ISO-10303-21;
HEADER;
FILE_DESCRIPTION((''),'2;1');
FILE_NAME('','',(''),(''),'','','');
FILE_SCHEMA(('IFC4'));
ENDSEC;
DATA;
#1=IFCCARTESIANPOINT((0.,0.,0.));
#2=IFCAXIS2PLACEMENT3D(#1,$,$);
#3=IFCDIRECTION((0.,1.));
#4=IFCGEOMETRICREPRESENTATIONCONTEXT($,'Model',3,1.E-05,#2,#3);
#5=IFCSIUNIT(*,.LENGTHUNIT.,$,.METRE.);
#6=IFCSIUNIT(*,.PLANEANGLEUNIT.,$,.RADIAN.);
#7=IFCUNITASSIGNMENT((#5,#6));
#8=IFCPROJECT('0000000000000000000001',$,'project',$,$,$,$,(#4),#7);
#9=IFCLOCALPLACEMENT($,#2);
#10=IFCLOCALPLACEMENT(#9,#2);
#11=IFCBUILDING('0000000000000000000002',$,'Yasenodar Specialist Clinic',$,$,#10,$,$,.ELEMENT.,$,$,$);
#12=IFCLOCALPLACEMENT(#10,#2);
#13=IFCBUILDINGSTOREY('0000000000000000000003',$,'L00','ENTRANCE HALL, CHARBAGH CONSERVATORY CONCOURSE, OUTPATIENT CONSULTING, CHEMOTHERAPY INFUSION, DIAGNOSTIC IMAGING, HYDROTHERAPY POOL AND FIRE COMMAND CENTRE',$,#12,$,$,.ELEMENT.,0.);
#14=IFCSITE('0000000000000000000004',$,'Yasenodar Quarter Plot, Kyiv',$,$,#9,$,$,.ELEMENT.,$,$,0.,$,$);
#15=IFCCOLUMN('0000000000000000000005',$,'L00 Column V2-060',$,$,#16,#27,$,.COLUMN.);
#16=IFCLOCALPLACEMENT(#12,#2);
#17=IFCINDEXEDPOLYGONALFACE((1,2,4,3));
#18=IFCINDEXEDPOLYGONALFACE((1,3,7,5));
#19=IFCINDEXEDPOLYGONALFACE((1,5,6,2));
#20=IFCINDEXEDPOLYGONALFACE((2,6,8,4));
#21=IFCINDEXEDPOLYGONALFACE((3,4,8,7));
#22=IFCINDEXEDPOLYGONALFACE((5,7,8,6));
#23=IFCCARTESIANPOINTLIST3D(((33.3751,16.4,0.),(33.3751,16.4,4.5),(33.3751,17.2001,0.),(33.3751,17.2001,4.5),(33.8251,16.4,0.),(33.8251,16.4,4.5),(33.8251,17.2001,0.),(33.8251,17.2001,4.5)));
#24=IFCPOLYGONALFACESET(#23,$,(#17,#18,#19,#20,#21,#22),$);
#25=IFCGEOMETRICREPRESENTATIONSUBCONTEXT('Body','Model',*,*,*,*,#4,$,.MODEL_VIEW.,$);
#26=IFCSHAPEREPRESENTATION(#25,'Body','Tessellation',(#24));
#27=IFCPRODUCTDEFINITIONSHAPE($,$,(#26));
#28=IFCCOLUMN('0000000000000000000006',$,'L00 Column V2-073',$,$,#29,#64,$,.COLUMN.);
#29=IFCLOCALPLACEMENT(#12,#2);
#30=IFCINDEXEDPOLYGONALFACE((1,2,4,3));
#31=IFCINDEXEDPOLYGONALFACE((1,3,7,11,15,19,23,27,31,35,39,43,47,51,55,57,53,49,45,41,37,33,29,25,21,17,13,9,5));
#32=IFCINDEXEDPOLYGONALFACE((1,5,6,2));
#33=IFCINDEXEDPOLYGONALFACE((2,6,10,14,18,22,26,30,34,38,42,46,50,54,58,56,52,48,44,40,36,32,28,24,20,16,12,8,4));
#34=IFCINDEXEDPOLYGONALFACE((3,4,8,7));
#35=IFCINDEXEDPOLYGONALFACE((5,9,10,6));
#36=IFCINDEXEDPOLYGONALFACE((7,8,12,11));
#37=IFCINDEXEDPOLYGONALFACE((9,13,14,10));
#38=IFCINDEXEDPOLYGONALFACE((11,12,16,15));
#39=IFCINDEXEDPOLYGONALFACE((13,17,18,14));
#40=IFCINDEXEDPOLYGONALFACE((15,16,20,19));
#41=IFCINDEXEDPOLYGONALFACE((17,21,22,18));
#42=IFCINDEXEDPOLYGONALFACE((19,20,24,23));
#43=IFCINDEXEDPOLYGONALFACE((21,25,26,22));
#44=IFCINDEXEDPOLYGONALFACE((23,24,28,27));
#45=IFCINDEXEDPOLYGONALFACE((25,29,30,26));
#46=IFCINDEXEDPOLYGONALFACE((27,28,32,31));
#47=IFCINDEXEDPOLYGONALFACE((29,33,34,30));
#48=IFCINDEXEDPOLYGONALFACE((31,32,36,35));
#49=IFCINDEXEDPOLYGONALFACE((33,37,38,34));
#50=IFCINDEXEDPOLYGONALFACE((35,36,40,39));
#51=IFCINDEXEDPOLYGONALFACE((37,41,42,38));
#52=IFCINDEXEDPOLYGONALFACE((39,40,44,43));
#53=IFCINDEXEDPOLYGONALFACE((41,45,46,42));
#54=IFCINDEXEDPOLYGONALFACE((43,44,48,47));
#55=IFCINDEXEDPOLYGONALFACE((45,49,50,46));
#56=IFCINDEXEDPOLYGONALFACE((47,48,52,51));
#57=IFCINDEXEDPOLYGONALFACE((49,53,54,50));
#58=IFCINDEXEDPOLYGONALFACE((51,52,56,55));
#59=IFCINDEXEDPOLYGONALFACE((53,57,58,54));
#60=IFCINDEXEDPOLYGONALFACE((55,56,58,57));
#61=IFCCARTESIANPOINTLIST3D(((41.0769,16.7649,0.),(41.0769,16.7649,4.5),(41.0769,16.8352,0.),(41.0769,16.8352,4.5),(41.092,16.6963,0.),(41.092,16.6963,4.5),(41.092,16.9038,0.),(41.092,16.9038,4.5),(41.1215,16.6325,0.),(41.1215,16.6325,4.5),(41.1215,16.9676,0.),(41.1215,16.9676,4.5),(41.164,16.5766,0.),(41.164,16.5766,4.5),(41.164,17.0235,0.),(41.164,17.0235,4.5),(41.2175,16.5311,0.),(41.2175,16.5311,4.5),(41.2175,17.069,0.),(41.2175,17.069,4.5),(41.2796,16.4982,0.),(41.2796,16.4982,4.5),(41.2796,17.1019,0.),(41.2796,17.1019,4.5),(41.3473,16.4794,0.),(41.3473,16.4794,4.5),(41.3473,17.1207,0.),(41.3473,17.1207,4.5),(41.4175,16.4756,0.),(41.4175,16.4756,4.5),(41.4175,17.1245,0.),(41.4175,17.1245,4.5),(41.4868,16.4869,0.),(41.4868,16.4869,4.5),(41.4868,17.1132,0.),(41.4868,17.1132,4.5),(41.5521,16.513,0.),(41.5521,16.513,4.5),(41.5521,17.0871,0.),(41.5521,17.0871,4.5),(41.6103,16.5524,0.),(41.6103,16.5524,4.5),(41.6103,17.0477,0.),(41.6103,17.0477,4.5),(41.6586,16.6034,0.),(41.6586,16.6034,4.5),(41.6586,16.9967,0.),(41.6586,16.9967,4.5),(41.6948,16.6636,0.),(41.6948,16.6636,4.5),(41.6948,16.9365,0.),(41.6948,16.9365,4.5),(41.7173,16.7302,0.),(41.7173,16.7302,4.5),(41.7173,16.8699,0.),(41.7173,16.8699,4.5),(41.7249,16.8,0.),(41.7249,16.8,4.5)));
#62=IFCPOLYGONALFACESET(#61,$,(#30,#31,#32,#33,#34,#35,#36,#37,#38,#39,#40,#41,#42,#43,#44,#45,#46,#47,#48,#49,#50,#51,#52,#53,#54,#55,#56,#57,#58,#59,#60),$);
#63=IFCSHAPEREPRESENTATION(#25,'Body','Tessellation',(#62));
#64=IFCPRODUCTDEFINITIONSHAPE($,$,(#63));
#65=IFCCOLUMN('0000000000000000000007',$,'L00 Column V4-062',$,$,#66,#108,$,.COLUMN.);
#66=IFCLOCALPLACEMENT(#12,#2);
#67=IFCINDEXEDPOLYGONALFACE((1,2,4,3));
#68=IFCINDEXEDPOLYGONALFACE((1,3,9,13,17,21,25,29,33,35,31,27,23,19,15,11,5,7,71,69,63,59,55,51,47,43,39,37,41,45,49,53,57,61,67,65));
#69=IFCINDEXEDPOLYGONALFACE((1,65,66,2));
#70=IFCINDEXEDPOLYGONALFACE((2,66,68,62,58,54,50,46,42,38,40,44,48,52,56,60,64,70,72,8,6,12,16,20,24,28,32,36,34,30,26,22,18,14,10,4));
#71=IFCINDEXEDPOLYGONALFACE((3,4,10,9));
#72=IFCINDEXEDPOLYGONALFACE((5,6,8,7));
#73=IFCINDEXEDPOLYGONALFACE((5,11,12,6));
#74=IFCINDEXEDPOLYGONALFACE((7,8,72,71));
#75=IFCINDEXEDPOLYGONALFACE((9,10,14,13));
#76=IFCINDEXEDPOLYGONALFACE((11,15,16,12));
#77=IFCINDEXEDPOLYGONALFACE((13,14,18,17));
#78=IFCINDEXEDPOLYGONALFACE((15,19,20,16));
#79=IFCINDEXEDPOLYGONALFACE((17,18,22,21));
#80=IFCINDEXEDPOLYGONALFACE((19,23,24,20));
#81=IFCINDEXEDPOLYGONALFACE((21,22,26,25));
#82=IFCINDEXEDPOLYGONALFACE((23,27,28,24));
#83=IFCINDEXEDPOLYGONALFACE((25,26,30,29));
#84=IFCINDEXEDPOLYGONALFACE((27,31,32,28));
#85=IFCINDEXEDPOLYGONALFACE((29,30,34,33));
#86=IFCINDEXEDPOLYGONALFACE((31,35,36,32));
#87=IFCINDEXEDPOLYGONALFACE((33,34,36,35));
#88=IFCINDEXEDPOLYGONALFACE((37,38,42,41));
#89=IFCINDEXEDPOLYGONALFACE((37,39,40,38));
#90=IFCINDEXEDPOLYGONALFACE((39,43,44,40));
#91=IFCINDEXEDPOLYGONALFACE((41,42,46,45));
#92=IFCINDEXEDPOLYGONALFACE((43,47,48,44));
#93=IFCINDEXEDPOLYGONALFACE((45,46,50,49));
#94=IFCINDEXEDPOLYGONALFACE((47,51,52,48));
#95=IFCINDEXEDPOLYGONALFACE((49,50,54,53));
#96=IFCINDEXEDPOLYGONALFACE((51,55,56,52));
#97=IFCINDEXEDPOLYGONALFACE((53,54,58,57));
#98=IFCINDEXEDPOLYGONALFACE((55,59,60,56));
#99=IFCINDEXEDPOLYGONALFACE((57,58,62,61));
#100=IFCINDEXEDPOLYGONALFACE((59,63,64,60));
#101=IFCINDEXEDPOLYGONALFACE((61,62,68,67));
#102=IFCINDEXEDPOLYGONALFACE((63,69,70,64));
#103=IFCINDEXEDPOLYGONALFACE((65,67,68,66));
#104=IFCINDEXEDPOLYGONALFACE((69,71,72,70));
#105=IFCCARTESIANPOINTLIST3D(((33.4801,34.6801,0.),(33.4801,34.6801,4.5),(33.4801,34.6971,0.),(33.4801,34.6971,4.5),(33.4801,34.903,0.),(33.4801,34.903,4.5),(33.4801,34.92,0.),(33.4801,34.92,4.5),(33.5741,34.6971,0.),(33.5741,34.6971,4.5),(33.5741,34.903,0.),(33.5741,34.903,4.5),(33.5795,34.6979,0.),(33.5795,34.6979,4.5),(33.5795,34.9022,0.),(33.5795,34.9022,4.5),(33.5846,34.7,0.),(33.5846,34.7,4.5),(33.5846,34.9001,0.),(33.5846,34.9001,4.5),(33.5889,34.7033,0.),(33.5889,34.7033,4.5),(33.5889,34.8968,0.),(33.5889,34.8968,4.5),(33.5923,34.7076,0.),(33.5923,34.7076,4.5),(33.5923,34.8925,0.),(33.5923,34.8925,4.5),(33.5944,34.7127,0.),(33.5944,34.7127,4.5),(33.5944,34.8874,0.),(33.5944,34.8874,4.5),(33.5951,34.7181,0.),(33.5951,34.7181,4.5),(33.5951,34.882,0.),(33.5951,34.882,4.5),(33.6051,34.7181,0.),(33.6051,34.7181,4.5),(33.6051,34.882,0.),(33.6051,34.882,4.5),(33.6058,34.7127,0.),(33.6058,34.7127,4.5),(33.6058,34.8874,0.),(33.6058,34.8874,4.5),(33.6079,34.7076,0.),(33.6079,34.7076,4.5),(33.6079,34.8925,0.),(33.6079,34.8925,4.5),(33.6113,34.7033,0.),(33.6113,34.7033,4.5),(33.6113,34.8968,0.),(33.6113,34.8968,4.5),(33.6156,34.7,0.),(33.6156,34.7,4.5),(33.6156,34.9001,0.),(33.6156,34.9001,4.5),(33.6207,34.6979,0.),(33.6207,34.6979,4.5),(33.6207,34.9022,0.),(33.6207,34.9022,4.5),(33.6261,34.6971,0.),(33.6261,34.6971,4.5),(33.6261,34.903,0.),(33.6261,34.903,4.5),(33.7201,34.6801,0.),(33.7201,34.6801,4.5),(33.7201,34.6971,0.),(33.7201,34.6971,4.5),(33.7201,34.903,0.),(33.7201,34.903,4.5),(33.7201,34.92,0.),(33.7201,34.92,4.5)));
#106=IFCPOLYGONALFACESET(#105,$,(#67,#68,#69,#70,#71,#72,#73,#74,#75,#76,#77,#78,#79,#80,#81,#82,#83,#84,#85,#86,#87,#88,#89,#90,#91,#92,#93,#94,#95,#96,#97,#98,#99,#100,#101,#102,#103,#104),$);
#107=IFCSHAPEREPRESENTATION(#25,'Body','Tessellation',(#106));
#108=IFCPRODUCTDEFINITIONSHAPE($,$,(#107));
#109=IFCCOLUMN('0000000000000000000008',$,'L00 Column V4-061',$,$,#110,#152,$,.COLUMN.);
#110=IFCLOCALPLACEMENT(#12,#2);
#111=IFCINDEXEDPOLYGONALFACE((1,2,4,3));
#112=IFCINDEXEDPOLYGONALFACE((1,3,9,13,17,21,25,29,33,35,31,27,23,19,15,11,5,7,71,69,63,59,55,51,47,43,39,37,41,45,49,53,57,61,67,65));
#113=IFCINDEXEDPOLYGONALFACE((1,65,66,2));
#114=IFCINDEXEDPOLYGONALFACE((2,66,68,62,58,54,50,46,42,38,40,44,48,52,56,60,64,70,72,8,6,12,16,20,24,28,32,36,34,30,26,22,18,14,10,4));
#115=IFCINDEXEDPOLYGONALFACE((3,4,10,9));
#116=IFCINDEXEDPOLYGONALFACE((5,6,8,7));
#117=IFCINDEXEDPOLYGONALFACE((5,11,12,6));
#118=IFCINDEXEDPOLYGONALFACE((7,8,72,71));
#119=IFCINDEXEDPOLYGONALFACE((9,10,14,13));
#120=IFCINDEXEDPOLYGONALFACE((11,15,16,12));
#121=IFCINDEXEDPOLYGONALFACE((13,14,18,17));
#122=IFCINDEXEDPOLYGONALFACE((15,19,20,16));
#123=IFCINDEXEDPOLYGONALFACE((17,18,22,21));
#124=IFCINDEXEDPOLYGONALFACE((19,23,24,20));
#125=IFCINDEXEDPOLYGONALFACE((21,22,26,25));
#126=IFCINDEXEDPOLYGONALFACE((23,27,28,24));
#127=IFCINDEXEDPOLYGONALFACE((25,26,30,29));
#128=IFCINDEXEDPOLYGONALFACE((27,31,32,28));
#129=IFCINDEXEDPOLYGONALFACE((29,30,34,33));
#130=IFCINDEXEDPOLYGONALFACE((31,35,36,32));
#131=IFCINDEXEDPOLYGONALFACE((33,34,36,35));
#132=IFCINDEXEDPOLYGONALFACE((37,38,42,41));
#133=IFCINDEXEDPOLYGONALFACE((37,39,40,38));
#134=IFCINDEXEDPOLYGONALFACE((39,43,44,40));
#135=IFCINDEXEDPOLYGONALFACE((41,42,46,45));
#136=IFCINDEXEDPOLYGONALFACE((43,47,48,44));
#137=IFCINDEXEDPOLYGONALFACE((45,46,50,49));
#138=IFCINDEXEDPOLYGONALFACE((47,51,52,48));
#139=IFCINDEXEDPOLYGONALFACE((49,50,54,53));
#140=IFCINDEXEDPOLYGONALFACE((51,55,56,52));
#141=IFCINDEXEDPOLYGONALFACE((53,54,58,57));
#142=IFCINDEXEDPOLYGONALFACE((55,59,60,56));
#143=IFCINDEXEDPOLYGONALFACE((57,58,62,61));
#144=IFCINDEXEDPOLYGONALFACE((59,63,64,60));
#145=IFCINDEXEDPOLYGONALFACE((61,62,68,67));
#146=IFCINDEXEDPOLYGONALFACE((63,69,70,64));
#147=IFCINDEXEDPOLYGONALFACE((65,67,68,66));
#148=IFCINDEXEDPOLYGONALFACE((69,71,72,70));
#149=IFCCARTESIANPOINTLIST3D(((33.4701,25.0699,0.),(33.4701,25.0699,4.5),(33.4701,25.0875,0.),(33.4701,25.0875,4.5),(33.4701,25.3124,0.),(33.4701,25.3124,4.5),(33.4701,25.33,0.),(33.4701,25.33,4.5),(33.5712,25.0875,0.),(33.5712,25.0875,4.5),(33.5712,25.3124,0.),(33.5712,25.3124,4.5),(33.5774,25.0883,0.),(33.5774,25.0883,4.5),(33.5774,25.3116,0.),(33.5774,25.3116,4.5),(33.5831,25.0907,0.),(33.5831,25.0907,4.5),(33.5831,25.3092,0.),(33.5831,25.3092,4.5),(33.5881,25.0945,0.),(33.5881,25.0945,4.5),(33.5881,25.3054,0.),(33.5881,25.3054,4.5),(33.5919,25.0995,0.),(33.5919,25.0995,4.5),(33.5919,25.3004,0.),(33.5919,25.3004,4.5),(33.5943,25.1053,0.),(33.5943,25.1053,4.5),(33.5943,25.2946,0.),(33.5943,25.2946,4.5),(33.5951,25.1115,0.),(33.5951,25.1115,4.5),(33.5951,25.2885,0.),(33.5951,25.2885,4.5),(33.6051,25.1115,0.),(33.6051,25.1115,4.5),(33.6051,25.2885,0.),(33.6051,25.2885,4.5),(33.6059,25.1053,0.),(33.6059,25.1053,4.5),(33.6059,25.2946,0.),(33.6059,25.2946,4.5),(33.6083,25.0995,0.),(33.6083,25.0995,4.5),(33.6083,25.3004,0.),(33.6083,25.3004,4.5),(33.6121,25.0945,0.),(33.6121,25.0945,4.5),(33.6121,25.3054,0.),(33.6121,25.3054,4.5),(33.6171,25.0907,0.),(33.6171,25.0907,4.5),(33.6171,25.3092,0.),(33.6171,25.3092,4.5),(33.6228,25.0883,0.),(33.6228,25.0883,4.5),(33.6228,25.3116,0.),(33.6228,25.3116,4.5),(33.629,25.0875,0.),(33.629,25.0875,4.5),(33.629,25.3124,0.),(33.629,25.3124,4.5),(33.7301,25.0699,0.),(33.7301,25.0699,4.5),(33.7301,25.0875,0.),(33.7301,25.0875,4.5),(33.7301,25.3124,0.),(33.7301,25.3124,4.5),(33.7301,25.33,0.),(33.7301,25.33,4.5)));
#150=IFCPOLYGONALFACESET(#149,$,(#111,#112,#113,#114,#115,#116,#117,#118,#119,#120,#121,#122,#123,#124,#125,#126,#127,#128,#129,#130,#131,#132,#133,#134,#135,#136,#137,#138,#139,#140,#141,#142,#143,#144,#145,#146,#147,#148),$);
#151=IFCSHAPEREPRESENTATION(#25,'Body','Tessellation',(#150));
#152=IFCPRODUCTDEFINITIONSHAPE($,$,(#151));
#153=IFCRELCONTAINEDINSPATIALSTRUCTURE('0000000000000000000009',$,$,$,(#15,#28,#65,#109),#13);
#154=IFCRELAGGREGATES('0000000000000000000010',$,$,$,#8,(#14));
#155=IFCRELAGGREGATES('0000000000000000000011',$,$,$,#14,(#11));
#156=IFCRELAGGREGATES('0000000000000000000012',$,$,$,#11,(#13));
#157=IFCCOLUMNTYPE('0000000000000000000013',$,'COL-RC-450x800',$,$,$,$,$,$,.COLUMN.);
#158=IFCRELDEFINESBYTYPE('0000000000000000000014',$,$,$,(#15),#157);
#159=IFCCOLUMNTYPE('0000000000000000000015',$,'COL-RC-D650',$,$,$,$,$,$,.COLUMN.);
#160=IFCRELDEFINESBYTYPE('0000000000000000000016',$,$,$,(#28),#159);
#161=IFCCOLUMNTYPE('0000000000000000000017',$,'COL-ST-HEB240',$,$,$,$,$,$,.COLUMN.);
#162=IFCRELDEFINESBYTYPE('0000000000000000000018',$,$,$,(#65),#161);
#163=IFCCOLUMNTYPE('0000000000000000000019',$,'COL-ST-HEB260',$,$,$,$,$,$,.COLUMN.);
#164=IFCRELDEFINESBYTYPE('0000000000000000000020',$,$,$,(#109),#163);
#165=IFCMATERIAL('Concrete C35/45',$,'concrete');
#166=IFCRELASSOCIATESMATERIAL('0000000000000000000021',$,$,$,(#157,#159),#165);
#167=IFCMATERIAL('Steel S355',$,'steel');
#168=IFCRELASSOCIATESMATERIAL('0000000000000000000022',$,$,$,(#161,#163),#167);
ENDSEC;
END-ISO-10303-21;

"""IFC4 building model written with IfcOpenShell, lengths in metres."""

from ifc_helpers import new_model, si_unit, direction, frame, origin, origin_2d, place, context, subcontext, project, spatial, rectangle, circle, i_section, extrude, material, material_profile, profile_set, type_object, element, save


model = new_model("IFC4")

# Units and contexts
model_context = context("Model", 3, precision=1e-05, world=origin(), true_north=direction((0.0, 1.0)))
body_context = subcontext(model_context, "Body", "Model", "MODEL_VIEW")
ifc_project = project(units=[si_unit("LENGTHUNIT", "METRE"), si_unit("PLANEANGLEUNIT", "RADIAN")], contexts=[model_context])

# Site, building, storey
site_placement = place(None, origin())
site = spatial("IfcSite", under=ifc_project, at=site_placement, Name="Yasenodar Quarter Plot, Kyiv", CompositionType="ELEMENT", RefElevation=0.0)
building_placement = place(site_placement, origin())
building = spatial("IfcBuilding", under=site, at=building_placement, Name="Yasenodar Specialist Clinic", CompositionType="ELEMENT")
storey_placement = place(building_placement, origin())
storey = spatial("IfcBuildingStorey", under=building, at=storey_placement, Name="L00", Description="ENTRANCE HALL, CHARBAGH CONSERVATORY CONCOURSE, OUTPATIENT CONSULTING, CHEMOTHERAPY INFUSION, DIAGNOSTIC IMAGING, HYDROTHERAPY POOL AND FIRE COMMAND CENTRE", CompositionType="ELEMENT", Elevation=0.0)

# Columns
ifc_material_1 = material(Name="Concrete C35/45", Category="concrete")
ifc_material_profile_1 = material_profile(ifc_material_1, rectangle(XDim=0.45, YDim=0.8, at=origin_2d()), Name="RC 450x800")
ifc_profile_set_1 = profile_set([ifc_material_profile_1], Name="Concrete C35/45")
column_type_1 = type_object("IfcColumnType", Name="COL-RC-450x800", PredefinedType="COLUMN", material=ifc_profile_set_1)
column_1_placement = place(storey_placement, frame((33.6001, 16.8, 0.0), z_axis=(0.0, 0.0, 1.0), x_axis=(1.0, 0.0, 0.0)))
element("IfcColumn", 1, at=column_1_placement, inside=storey, type_object=column_type_1, Name="L00 Column V2-060", PredefinedType="COLUMN", context=body_context, shape_type="SweptSolid", body=[
    extrude(rectangle(XDim=0.45, YDim=0.8, at=origin_2d()), origin(), (0.0, 0.0, 1.0), 4.5),
])
ifc_material_profile_2 = material_profile(ifc_material_1, circle(Radius=0.325, at=origin_2d()), Name="RC D650")
ifc_profile_set_2 = profile_set([ifc_material_profile_2], Name="Concrete C35/45")
column_type_2 = type_object("IfcColumnType", Name="COL-RC-D650", PredefinedType="COLUMN", material=ifc_profile_set_2)
column_2_placement = place(storey_placement, frame((41.3999, 16.8, 0.0), z_axis=(0.0, 0.0, 1.0), x_axis=(1.0, 0.0, 0.0)))
element("IfcColumn", 2, at=column_2_placement, inside=storey, type_object=column_type_2, Name="L00 Column V2-073", PredefinedType="COLUMN", context=body_context, shape_type="SweptSolid", body=[
    extrude(circle(Radius=0.325, at=origin_2d()), origin(), (0.0, 0.0, 1.0), 4.5),
])
ifc_material_2 = material(Name="Steel S355", Category="steel")
ifc_material_profile_3 = material_profile(ifc_material_2, i_section(OverallWidth=0.24, OverallDepth=0.24, WebThickness=0.01, FlangeThickness=0.0171, FilletRadius=0.021, at=origin_2d()), Name="HEB 240")
ifc_profile_set_3 = profile_set([ifc_material_profile_3], Name="Steel S355")
column_type_3 = type_object("IfcColumnType", Name="COL-ST-HEB240", PredefinedType="COLUMN", material=ifc_profile_set_3)
column_3_placement = place(storey_placement, frame((33.6001, 34.8, 0.0), z_axis=(0.0, 0.0, 1.0), x_axis=(1.0, 0.0, 0.0)))
element("IfcColumn", 3, at=column_3_placement, inside=storey, type_object=column_type_3, Name="L00 Column V4-062", PredefinedType="COLUMN", context=body_context, shape_type="SweptSolid", body=[
    extrude(i_section(OverallWidth=0.24, OverallDepth=0.24, WebThickness=0.01, FlangeThickness=0.0171, FilletRadius=0.021, at=origin_2d()), origin(), (0.0, 0.0, 1.0), 4.5),
])
ifc_material_profile_4 = material_profile(ifc_material_2, i_section(OverallWidth=0.26, OverallDepth=0.26, WebThickness=0.01, FlangeThickness=0.0176, FilletRadius=0.0239, at=origin_2d()), Name="HEB 260")
ifc_profile_set_4 = profile_set([ifc_material_profile_4], Name="Steel S355")
column_type_4 = type_object("IfcColumnType", Name="COL-ST-HEB260", PredefinedType="COLUMN", material=ifc_profile_set_4)
column_4_placement = place(storey_placement, frame((33.6001, 25.2, 0.0), z_axis=(0.0, 0.0, 1.0), x_axis=(1.0, 0.0, 0.0)))
element("IfcColumn", 4, at=column_4_placement, inside=storey, type_object=column_type_4, Name="L00 Column V4-061", PredefinedType="COLUMN", context=body_context, shape_type="SweptSolid", body=[
    extrude(i_section(OverallWidth=0.26, OverallDepth=0.26, WebThickness=0.01, FlangeThickness=0.0176, FilletRadius=0.0239, at=origin_2d()), origin(), (0.0, 0.0, 1.0), 4.5),
])

save(model, "model.ifc")
